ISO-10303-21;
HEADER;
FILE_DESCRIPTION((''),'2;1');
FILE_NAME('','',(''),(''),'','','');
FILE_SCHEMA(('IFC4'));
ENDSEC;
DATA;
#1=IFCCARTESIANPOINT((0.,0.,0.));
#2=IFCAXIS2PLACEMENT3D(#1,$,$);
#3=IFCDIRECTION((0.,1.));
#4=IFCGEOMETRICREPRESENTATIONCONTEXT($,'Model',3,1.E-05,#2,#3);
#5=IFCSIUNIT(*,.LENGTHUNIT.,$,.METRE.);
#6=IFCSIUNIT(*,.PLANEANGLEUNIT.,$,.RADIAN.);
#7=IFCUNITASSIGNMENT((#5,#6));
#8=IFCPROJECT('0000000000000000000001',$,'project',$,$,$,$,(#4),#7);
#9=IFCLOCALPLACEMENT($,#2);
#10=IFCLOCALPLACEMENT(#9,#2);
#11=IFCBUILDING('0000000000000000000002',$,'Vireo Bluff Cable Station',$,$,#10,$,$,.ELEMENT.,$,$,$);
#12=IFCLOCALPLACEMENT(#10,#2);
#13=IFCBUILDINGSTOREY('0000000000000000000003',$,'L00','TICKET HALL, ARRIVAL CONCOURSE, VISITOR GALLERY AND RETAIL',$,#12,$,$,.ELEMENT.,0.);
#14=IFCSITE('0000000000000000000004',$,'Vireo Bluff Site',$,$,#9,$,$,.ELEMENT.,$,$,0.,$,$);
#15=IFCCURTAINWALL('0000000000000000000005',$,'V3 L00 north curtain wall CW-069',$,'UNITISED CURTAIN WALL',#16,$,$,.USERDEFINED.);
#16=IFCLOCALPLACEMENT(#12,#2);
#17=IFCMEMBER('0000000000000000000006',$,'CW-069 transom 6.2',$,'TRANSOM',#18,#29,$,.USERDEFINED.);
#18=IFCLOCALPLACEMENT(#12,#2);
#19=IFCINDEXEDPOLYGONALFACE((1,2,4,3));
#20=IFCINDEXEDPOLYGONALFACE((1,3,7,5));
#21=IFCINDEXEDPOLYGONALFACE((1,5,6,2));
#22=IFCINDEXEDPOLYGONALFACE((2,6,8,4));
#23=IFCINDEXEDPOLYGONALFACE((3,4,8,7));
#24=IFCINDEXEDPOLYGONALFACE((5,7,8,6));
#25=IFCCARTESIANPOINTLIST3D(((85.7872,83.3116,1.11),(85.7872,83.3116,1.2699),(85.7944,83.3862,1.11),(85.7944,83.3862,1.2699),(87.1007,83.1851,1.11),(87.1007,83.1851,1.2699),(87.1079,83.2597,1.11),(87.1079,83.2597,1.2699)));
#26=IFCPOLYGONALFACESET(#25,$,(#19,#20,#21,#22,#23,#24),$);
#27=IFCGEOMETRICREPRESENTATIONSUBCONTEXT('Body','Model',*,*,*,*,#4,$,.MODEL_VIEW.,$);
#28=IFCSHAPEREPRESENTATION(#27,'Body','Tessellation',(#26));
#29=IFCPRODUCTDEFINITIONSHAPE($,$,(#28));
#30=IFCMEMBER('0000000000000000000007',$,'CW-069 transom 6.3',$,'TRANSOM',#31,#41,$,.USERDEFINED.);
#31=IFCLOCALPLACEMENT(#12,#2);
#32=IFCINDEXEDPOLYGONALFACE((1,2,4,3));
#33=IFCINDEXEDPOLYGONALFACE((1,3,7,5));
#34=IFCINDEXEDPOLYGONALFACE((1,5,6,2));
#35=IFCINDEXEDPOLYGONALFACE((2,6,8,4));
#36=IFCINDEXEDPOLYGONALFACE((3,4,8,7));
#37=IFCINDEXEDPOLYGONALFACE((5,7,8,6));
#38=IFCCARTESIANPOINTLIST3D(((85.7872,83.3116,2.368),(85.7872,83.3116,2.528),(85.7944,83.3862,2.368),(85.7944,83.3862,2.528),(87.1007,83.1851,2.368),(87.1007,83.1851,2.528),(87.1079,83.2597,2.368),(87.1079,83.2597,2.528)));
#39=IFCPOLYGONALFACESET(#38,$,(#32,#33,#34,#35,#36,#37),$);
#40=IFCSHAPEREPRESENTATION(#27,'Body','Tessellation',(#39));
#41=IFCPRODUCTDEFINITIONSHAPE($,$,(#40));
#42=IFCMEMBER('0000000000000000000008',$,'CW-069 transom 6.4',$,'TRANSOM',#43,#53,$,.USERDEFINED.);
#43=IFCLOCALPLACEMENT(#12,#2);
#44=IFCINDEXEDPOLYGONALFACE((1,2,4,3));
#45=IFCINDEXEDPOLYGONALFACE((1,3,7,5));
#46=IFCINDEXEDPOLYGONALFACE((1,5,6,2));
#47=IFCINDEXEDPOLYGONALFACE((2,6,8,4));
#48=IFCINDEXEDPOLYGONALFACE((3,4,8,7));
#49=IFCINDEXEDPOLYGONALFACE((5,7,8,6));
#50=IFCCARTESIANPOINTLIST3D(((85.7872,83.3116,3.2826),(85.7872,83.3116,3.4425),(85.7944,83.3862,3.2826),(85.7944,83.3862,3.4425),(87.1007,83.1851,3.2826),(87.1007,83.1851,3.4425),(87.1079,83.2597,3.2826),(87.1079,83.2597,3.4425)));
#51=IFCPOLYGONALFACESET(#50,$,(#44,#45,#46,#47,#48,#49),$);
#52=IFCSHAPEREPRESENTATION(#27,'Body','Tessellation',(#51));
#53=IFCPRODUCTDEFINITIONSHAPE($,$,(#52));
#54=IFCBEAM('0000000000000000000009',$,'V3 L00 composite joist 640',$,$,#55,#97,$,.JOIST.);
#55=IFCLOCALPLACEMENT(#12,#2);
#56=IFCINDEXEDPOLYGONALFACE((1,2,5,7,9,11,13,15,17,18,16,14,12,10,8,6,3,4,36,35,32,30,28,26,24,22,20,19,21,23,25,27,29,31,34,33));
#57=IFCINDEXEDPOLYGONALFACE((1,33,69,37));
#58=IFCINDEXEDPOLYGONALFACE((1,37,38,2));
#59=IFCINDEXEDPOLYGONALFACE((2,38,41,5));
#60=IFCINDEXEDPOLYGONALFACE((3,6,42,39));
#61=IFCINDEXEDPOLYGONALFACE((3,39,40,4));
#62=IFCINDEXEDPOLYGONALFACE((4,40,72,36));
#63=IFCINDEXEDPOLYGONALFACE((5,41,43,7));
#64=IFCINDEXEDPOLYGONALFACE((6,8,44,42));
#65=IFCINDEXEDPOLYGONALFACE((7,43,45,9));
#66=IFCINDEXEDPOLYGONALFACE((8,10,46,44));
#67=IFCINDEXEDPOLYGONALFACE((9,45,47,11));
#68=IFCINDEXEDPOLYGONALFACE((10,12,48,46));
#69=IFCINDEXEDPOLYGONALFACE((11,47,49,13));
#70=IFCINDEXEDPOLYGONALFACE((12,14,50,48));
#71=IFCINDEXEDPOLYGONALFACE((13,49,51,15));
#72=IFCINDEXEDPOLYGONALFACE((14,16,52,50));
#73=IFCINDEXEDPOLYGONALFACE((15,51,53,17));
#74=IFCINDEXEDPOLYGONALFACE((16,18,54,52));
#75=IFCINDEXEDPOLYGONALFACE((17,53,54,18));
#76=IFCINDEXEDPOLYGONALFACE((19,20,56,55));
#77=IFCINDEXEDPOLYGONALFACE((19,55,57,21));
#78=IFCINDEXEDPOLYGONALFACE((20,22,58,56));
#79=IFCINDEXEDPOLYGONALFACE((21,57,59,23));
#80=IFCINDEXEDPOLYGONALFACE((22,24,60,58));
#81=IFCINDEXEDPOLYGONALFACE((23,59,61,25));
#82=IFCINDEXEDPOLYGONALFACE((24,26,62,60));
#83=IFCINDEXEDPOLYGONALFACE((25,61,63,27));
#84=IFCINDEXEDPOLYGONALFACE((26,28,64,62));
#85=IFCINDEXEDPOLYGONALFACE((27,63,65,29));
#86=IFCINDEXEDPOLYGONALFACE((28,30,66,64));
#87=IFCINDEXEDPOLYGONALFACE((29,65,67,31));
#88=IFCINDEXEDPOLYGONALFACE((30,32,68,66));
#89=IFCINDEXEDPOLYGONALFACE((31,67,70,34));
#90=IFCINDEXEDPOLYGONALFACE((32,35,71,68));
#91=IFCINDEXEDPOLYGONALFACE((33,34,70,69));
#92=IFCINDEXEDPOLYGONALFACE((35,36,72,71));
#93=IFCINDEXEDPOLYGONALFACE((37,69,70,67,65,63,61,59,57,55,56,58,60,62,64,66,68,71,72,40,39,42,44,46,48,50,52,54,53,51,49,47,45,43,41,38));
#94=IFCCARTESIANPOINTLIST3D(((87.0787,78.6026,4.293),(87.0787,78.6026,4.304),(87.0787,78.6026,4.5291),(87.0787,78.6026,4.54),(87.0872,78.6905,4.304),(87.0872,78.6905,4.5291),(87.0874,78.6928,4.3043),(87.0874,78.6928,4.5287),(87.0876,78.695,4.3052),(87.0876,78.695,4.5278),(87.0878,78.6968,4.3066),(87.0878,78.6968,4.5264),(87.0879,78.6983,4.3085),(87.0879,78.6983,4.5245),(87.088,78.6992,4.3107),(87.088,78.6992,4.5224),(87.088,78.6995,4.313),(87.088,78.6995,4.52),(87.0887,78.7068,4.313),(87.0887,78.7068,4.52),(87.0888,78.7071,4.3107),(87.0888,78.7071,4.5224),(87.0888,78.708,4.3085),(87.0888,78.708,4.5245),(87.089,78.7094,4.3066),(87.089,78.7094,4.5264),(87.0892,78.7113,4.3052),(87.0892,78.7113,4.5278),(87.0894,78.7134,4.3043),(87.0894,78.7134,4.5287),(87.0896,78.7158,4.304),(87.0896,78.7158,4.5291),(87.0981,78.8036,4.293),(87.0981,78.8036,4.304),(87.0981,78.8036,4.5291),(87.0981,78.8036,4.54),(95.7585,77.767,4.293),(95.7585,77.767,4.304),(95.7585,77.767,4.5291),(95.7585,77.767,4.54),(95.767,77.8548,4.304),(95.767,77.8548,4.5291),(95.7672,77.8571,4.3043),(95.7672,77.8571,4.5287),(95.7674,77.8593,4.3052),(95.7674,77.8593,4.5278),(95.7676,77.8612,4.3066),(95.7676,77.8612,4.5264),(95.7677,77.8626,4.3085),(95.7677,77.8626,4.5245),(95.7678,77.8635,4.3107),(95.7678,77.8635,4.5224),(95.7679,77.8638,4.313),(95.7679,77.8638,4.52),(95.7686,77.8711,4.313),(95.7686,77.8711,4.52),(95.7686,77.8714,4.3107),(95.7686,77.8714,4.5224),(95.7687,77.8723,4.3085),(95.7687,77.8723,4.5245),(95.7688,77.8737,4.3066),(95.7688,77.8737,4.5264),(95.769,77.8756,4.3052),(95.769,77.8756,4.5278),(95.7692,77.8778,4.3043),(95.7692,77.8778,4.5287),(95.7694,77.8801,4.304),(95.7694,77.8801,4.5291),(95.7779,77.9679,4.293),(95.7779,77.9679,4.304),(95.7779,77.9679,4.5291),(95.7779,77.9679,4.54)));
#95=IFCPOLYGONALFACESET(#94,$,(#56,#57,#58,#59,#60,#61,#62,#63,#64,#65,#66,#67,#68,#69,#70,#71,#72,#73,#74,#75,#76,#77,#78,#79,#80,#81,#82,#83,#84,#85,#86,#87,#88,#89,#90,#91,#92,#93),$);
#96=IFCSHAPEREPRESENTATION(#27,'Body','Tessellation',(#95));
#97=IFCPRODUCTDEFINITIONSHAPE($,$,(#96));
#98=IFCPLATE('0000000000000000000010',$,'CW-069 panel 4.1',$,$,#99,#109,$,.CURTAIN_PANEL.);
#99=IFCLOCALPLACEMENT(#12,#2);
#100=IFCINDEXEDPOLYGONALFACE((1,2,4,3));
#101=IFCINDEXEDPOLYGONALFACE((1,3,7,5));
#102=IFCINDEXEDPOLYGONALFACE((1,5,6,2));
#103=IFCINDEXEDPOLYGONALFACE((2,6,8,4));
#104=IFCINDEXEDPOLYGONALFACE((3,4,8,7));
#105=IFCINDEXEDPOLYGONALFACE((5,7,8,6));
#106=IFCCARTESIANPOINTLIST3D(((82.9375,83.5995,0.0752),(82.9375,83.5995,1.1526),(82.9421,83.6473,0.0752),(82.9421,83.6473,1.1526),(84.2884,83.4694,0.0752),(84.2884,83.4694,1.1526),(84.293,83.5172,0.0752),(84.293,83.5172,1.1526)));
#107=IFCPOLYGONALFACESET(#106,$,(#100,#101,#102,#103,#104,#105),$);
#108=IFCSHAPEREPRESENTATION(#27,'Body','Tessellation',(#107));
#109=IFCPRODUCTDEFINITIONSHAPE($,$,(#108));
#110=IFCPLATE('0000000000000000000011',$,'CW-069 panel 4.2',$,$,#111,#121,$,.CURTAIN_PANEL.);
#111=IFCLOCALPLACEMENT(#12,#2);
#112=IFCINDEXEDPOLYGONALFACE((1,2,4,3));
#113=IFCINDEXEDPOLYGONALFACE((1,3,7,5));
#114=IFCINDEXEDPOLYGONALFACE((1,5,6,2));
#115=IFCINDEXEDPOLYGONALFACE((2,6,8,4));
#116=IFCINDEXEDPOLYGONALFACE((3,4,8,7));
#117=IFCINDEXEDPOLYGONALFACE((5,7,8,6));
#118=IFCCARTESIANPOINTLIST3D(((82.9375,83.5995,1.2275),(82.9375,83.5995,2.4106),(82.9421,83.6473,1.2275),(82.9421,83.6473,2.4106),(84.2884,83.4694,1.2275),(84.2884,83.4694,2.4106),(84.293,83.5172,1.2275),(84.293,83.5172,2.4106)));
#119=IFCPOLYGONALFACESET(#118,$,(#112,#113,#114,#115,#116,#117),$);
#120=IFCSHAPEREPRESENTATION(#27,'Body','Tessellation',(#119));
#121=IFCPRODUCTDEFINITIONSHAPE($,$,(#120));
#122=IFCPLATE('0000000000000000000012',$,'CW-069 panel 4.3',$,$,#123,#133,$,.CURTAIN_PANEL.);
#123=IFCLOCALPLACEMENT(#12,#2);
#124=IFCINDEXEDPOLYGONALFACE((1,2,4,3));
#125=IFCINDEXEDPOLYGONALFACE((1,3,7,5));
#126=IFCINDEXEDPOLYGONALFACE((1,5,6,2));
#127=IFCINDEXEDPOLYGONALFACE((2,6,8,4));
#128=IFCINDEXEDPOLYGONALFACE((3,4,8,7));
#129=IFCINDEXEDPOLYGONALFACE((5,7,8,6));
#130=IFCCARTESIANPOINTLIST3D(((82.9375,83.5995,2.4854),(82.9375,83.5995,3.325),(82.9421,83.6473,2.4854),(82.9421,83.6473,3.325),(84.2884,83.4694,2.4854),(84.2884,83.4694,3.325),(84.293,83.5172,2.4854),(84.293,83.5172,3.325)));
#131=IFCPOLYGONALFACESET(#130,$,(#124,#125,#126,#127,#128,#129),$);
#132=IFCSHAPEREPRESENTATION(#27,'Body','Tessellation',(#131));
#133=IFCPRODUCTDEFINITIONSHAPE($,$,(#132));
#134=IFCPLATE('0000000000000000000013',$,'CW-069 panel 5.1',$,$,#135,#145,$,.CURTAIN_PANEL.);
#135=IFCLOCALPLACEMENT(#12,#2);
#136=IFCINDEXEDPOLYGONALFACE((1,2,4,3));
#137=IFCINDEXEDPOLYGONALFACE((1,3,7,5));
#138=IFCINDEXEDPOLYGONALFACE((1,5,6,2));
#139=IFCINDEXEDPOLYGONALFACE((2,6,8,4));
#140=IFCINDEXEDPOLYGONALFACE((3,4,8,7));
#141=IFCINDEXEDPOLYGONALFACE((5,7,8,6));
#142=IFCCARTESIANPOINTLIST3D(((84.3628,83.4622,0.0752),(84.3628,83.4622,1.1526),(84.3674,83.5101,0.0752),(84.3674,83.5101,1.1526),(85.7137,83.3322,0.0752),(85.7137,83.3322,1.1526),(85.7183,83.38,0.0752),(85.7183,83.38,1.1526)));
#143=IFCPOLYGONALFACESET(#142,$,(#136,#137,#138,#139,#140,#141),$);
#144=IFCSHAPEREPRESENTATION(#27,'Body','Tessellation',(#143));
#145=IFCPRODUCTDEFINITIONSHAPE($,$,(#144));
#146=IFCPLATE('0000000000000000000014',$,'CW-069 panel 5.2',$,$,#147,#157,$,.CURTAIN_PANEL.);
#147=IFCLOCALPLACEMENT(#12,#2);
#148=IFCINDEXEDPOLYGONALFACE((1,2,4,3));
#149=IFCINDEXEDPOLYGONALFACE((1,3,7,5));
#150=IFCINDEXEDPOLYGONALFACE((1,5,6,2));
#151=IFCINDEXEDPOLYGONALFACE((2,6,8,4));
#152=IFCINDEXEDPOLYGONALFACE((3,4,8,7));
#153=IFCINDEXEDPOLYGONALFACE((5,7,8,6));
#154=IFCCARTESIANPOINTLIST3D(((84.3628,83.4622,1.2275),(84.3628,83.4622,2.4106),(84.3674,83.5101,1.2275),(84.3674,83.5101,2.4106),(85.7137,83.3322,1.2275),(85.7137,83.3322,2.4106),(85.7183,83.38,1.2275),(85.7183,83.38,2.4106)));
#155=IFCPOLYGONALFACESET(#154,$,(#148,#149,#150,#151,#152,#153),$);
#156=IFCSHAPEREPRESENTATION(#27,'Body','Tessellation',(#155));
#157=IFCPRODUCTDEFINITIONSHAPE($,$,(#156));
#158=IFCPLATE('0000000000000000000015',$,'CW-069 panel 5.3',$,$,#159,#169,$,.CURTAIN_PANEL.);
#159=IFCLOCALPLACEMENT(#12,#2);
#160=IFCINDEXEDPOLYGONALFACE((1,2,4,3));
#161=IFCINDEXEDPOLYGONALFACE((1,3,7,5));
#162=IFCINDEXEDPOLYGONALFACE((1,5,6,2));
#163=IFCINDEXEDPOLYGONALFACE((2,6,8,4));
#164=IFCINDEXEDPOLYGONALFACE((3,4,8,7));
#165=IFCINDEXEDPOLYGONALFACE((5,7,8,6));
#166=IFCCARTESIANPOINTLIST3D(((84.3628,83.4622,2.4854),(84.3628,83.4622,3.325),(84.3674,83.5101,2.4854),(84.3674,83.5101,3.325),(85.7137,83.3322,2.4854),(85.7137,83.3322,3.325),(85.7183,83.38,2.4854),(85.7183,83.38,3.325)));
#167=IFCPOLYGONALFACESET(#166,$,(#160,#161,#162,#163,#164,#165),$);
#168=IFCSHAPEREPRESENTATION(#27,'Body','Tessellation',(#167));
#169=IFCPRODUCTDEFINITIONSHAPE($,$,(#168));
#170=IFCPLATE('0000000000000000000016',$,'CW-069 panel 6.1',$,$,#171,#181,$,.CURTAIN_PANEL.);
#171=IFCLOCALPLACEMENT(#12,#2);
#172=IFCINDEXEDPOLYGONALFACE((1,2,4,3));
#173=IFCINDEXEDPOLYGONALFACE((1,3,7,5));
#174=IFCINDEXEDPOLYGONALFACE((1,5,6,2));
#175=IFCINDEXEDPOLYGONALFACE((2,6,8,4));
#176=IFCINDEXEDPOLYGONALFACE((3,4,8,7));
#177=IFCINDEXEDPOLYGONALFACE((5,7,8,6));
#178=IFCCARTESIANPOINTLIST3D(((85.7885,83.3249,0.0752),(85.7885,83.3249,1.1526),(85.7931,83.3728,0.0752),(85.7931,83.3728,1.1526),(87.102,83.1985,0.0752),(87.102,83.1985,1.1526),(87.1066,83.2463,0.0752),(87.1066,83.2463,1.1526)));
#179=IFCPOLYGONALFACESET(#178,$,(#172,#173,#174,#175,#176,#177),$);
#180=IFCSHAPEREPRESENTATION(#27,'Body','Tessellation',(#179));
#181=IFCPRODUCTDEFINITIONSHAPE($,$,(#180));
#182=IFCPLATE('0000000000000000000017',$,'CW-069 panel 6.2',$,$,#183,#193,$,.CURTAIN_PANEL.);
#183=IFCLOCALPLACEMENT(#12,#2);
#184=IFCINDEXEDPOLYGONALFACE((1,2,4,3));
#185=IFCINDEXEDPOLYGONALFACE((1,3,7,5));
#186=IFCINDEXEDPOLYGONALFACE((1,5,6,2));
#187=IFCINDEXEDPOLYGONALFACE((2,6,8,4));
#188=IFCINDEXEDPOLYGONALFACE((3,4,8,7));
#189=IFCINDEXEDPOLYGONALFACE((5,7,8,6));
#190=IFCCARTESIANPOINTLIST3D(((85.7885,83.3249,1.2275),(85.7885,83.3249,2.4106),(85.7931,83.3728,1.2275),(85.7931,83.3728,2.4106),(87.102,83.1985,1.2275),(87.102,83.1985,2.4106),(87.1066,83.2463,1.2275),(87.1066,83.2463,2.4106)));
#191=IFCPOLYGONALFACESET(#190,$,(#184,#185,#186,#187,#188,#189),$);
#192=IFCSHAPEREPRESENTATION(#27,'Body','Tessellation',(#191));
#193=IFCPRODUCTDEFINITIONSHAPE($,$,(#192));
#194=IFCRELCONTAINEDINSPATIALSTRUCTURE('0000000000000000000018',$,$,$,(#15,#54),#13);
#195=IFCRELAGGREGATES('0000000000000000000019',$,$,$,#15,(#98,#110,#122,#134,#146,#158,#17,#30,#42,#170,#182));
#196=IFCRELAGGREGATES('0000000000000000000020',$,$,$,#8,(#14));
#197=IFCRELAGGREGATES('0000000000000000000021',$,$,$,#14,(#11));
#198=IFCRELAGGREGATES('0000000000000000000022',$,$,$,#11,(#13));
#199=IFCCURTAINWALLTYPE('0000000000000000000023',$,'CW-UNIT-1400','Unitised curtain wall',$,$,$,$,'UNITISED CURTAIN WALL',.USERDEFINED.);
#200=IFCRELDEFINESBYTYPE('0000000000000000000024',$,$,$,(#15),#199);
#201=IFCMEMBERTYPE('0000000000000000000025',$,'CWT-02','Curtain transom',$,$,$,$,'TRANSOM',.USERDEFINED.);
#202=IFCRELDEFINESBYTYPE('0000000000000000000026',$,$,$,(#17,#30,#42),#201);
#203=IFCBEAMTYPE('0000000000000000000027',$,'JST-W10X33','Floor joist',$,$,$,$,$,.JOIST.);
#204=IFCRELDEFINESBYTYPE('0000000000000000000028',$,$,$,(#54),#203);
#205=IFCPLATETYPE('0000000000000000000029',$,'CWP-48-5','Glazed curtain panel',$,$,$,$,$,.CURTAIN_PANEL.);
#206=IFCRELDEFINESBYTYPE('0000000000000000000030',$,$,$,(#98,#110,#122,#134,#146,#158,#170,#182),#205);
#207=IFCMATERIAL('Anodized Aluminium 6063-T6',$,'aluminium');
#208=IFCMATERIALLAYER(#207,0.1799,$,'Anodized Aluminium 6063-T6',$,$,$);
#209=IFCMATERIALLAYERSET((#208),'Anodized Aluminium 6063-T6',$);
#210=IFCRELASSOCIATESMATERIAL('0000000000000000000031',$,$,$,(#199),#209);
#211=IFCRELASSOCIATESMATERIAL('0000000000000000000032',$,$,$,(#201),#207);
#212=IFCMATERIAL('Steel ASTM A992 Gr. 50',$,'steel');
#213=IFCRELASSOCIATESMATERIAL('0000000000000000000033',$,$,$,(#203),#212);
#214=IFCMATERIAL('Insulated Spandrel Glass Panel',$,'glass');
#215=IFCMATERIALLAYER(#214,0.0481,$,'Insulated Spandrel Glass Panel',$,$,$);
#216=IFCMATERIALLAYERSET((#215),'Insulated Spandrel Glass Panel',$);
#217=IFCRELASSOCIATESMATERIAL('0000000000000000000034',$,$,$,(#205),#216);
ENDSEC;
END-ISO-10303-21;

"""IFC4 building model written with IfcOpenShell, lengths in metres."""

from ifc_helpers import new_model, si_unit, direction, frame, origin, origin_2d, place, context, subcontext, project, spatial, rectangle, i_section, extrude, material, layer, layer_set, material_profile, profile_set, type_object, element, aggregate, save


model = new_model("IFC4")

# Units and contexts
model_context = context("Model", 3, precision=1e-05, world=origin(), true_north=direction((0.0, 1.0)))
body_context = subcontext(model_context, "Body", "Model", "MODEL_VIEW")
ifc_project = project(units=[si_unit("LENGTHUNIT", "METRE"), si_unit("PLANEANGLEUNIT", "RADIAN")], contexts=[model_context])

# Site, building, storey
site_placement = place(None, origin())
site = spatial("IfcSite", under=ifc_project, at=site_placement, Name="Vireo Bluff Site", CompositionType="ELEMENT", RefElevation=0.0)
building_placement = place(site_placement, origin())
building = spatial("IfcBuilding", under=site, at=building_placement, Name="Vireo Bluff Cable Station", CompositionType="ELEMENT")
storey_placement = place(building_placement, origin())
storey = spatial("IfcBuildingStorey", under=building, at=storey_placement, Name="L00", Description="TICKET HALL, ARRIVAL CONCOURSE, VISITOR GALLERY AND RETAIL", CompositionType="ELEMENT", Elevation=0.0)

# Curtain wall, members
ifc_material_1 = material(Name="Anodized Aluminium 6063-T6", Category="aluminium")
ifc_layer_1 = layer(ifc_material_1, 0.1799, Name="Anodized Aluminium 6063-T6")
ifc_layer_set_1 = layer_set([ifc_layer_1], Name="Anodized Aluminium 6063-T6")
curtain_wall_type = type_object("IfcCurtainWallType", Name="CW-UNIT-1400", Description="Unitised curtain wall", ElementType="UNITISED CURTAIN WALL", PredefinedType="USERDEFINED", material=ifc_layer_set_1)
curtain_wall_placement = place(storey_placement, origin())
curtain_wall = element("IfcCurtainWall", 1, at=curtain_wall_placement, inside=storey, type_object=curtain_wall_type, Name="V3 L00 north curtain wall CW-069", ObjectType="UNITISED CURTAIN WALL", PredefinedType="USERDEFINED")
ifc_material_profile_1 = material_profile(ifc_material_1, rectangle(XDim=0.075, YDim=0.1599, at=origin_2d()), Name="ALU-T-75X160")
ifc_profile_set_1 = profile_set([ifc_material_profile_1], Name="Anodized Aluminium 6063-T6")
member_type_1 = type_object("IfcMemberType", Name="CWT-02", Description="Curtain transom", ElementType="TRANSOM", PredefinedType="USERDEFINED", material=ifc_profile_set_1)
member_1_placement = place(storey_placement, frame((85.7908, 83.3489, 1.1899), z_axis=(0.995397, -0.095839, 0.0), x_axis=(0.095839, 0.995397, 0.0)))
member_1 = element("IfcMember", 2, at=member_1_placement, type_object=member_type_1, Name="CW-069 transom 6.2", ObjectType="TRANSOM", PredefinedType="USERDEFINED", context=body_context, shape_type="SweptSolid", body=[
    extrude(rectangle(XDim=0.075, YDim=0.1599, at=origin_2d()), origin(), (0.0, 0.0, 1.0), 1.3196),
])
member_2_placement = place(storey_placement, frame((85.7908, 83.3489, 2.448), z_axis=(0.995397, -0.095839, 0.0), x_axis=(0.095839, 0.995397, 0.0)))
member_2 = element("IfcMember", 3, at=member_2_placement, type_object=member_type_1, Name="CW-069 transom 6.3", ObjectType="TRANSOM", PredefinedType="USERDEFINED", context=body_context, shape_type="SweptSolid", body=[
    extrude(rectangle(XDim=0.075, YDim=0.1599, at=origin_2d()), origin(), (0.0, 0.0, 1.0), 1.3196),
])
member_3_placement = place(storey_placement, frame((85.7908, 83.3489, 3.3625), z_axis=(0.995397, -0.095839, 0.0), x_axis=(0.095839, 0.995397, 0.0)))
member_3 = element("IfcMember", 4, at=member_3_placement, type_object=member_type_1, Name="CW-069 transom 6.4", ObjectType="TRANSOM", PredefinedType="USERDEFINED", context=body_context, shape_type="SweptSolid", body=[
    extrude(rectangle(XDim=0.075, YDim=0.1599, at=origin_2d()), origin(), (0.0, 0.0, 1.0), 1.3196),
])

# Beam
ifc_material_2 = material(Name="Steel ASTM A992 Gr. 50", Category="steel")
ifc_material_profile_2 = material_profile(ifc_material_2, i_section(OverallWidth=0.2019, OverallDepth=0.2471, WebThickness=0.0073, FlangeThickness=0.011, FilletRadius=0.009, at=origin_2d()), Name="W10X33")
ifc_profile_set_2 = profile_set([ifc_material_profile_2], Name="Steel ASTM A992 Gr. 50")
beam_type = type_object("IfcBeamType", Name="JST-W10X33", Description="Floor joist", PredefinedType="JOIST", material=ifc_profile_set_2)
beam_placement = place(storey_placement, frame((87.0884, 78.7031, 4.4165), z_axis=(0.995397, -0.095836, 0.0), x_axis=(0.095836, 0.995397, 0.0)))
element("IfcBeam", 5, at=beam_placement, inside=storey, type_object=beam_type, Name="V3 L00 composite joist 640", PredefinedType="JOIST", context=body_context, shape_type="SweptSolid", body=[
    extrude(i_section(OverallWidth=0.2019, OverallDepth=0.2471, WebThickness=0.0073, FlangeThickness=0.011, FilletRadius=0.009, at=origin_2d()), origin(), (0.0, 0.0, 1.0), 8.72),
])

# Plates
ifc_material_3 = material(Name="Insulated Spandrel Glass Panel", Category="glass")
ifc_layer_2 = layer(ifc_material_3, 0.0481, Name="Insulated Spandrel Glass Panel")
ifc_layer_set_2 = layer_set([ifc_layer_2], Name="Insulated Spandrel Glass Panel")
plate_type = type_object("IfcPlateType", Name="CWP-48-5", Description="Glazed curtain panel", PredefinedType="CURTAIN_PANEL", material=ifc_layer_set_2)
plate_1_placement = place(storey_placement, frame((83.6152, 83.5583, 0.0752), z_axis=(0.0, 0.0, 1.0), x_axis=(0.995396, -0.095846, 0.0)))
plate_1 = element("IfcPlate", 6, at=plate_1_placement, type_object=plate_type, Name="CW-069 panel 4.1", PredefinedType="CURTAIN_PANEL", context=body_context, shape_type="SweptSolid", body=[
    extrude(rectangle(XDim=1.3572, YDim=0.0481, at=origin_2d()), origin(), (0.0, 0.0, 1.0), 1.0774),
])
plate_2_placement = place(storey_placement, frame((83.6152, 83.5583, 1.2275), z_axis=(0.0, 0.0, 1.0), x_axis=(0.995396, -0.095846, 0.0)))
plate_2 = element("IfcPlate", 7, at=plate_2_placement, type_object=plate_type, Name="CW-069 panel 4.2", PredefinedType="CURTAIN_PANEL", context=body_context, shape_type="SweptSolid", body=[
    extrude(rectangle(XDim=1.3572, YDim=0.0481, at=origin_2d()), origin(), (0.0, 0.0, 1.0), 1.1831),
])
plate_3_placement = place(storey_placement, frame((83.6152, 83.5583, 2.4854), z_axis=(0.0, 0.0, 1.0), x_axis=(0.995396, -0.095846, 0.0)))
plate_3 = element("IfcPlate", 8, at=plate_3_placement, type_object=plate_type, Name="CW-069 panel 4.3", PredefinedType="CURTAIN_PANEL", context=body_context, shape_type="SweptSolid", body=[
    extrude(rectangle(XDim=1.3572, YDim=0.0481, at=origin_2d()), origin(), (0.0, 0.0, 1.0), 0.8396),
])
plate_4_placement = place(storey_placement, frame((85.0405, 83.4211, 0.0752), z_axis=(0.0, 0.0, 1.0), x_axis=(0.995396, -0.095846, 0.0)))
plate_4 = element("IfcPlate", 9, at=plate_4_placement, type_object=plate_type, Name="CW-069 panel 5.1", PredefinedType="CURTAIN_PANEL", context=body_context, shape_type="SweptSolid", body=[
    extrude(rectangle(XDim=1.3572, YDim=0.0481, at=origin_2d()), origin(), (0.0, 0.0, 1.0), 1.0774),
])
plate_5_placement = place(storey_placement, frame((85.0405, 83.4211, 1.2275), z_axis=(0.0, 0.0, 1.0), x_axis=(0.995396, -0.095846, 0.0)))
plate_5 = element("IfcPlate", 10, at=plate_5_placement, type_object=plate_type, Name="CW-069 panel 5.2", PredefinedType="CURTAIN_PANEL", context=body_context, shape_type="SweptSolid", body=[
    extrude(rectangle(XDim=1.3572, YDim=0.0481, at=origin_2d()), origin(), (0.0, 0.0, 1.0), 1.1831),
])
plate_6_placement = place(storey_placement, frame((85.0405, 83.4211, 2.4854), z_axis=(0.0, 0.0, 1.0), x_axis=(0.995396, -0.095846, 0.0)))
plate_6 = element("IfcPlate", 11, at=plate_6_placement, type_object=plate_type, Name="CW-069 panel 5.3", PredefinedType="CURTAIN_PANEL", context=body_context, shape_type="SweptSolid", body=[
    extrude(rectangle(XDim=1.3572, YDim=0.0481, at=origin_2d()), origin(), (0.0, 0.0, 1.0), 0.8396),
])
plate_7_placement = place(storey_placement, frame((86.4475, 83.2856, 0.0752), z_axis=(0.0, 0.0, 1.0), x_axis=(0.995396, -0.095846, 0.0)))
plate_7 = element("IfcPlate", 12, at=plate_7_placement, type_object=plate_type, Name="CW-069 panel 6.1", PredefinedType="CURTAIN_PANEL", context=body_context, shape_type="SweptSolid", body=[
    extrude(rectangle(XDim=1.3196, YDim=0.0481, at=origin_2d()), origin(), (0.0, 0.0, 1.0), 1.0774),
])
plate_8_placement = place(storey_placement, frame((86.4475, 83.2856, 1.2275), z_axis=(0.0, 0.0, 1.0), x_axis=(0.995396, -0.095846, 0.0)))
plate_8 = element("IfcPlate", 13, at=plate_8_placement, type_object=plate_type, Name="CW-069 panel 6.2", PredefinedType="CURTAIN_PANEL", context=body_context, shape_type="SweptSolid", body=[
    extrude(rectangle(XDim=1.3196, YDim=0.0481, at=origin_2d()), origin(), (0.0, 0.0, 1.0), 1.1831),
])
aggregate(curtain_wall, [plate_1, plate_2, plate_3, plate_4, plate_5, plate_6, member_1, member_2, member_3, plate_7, plate_8])

save(model, "model.ifc")
